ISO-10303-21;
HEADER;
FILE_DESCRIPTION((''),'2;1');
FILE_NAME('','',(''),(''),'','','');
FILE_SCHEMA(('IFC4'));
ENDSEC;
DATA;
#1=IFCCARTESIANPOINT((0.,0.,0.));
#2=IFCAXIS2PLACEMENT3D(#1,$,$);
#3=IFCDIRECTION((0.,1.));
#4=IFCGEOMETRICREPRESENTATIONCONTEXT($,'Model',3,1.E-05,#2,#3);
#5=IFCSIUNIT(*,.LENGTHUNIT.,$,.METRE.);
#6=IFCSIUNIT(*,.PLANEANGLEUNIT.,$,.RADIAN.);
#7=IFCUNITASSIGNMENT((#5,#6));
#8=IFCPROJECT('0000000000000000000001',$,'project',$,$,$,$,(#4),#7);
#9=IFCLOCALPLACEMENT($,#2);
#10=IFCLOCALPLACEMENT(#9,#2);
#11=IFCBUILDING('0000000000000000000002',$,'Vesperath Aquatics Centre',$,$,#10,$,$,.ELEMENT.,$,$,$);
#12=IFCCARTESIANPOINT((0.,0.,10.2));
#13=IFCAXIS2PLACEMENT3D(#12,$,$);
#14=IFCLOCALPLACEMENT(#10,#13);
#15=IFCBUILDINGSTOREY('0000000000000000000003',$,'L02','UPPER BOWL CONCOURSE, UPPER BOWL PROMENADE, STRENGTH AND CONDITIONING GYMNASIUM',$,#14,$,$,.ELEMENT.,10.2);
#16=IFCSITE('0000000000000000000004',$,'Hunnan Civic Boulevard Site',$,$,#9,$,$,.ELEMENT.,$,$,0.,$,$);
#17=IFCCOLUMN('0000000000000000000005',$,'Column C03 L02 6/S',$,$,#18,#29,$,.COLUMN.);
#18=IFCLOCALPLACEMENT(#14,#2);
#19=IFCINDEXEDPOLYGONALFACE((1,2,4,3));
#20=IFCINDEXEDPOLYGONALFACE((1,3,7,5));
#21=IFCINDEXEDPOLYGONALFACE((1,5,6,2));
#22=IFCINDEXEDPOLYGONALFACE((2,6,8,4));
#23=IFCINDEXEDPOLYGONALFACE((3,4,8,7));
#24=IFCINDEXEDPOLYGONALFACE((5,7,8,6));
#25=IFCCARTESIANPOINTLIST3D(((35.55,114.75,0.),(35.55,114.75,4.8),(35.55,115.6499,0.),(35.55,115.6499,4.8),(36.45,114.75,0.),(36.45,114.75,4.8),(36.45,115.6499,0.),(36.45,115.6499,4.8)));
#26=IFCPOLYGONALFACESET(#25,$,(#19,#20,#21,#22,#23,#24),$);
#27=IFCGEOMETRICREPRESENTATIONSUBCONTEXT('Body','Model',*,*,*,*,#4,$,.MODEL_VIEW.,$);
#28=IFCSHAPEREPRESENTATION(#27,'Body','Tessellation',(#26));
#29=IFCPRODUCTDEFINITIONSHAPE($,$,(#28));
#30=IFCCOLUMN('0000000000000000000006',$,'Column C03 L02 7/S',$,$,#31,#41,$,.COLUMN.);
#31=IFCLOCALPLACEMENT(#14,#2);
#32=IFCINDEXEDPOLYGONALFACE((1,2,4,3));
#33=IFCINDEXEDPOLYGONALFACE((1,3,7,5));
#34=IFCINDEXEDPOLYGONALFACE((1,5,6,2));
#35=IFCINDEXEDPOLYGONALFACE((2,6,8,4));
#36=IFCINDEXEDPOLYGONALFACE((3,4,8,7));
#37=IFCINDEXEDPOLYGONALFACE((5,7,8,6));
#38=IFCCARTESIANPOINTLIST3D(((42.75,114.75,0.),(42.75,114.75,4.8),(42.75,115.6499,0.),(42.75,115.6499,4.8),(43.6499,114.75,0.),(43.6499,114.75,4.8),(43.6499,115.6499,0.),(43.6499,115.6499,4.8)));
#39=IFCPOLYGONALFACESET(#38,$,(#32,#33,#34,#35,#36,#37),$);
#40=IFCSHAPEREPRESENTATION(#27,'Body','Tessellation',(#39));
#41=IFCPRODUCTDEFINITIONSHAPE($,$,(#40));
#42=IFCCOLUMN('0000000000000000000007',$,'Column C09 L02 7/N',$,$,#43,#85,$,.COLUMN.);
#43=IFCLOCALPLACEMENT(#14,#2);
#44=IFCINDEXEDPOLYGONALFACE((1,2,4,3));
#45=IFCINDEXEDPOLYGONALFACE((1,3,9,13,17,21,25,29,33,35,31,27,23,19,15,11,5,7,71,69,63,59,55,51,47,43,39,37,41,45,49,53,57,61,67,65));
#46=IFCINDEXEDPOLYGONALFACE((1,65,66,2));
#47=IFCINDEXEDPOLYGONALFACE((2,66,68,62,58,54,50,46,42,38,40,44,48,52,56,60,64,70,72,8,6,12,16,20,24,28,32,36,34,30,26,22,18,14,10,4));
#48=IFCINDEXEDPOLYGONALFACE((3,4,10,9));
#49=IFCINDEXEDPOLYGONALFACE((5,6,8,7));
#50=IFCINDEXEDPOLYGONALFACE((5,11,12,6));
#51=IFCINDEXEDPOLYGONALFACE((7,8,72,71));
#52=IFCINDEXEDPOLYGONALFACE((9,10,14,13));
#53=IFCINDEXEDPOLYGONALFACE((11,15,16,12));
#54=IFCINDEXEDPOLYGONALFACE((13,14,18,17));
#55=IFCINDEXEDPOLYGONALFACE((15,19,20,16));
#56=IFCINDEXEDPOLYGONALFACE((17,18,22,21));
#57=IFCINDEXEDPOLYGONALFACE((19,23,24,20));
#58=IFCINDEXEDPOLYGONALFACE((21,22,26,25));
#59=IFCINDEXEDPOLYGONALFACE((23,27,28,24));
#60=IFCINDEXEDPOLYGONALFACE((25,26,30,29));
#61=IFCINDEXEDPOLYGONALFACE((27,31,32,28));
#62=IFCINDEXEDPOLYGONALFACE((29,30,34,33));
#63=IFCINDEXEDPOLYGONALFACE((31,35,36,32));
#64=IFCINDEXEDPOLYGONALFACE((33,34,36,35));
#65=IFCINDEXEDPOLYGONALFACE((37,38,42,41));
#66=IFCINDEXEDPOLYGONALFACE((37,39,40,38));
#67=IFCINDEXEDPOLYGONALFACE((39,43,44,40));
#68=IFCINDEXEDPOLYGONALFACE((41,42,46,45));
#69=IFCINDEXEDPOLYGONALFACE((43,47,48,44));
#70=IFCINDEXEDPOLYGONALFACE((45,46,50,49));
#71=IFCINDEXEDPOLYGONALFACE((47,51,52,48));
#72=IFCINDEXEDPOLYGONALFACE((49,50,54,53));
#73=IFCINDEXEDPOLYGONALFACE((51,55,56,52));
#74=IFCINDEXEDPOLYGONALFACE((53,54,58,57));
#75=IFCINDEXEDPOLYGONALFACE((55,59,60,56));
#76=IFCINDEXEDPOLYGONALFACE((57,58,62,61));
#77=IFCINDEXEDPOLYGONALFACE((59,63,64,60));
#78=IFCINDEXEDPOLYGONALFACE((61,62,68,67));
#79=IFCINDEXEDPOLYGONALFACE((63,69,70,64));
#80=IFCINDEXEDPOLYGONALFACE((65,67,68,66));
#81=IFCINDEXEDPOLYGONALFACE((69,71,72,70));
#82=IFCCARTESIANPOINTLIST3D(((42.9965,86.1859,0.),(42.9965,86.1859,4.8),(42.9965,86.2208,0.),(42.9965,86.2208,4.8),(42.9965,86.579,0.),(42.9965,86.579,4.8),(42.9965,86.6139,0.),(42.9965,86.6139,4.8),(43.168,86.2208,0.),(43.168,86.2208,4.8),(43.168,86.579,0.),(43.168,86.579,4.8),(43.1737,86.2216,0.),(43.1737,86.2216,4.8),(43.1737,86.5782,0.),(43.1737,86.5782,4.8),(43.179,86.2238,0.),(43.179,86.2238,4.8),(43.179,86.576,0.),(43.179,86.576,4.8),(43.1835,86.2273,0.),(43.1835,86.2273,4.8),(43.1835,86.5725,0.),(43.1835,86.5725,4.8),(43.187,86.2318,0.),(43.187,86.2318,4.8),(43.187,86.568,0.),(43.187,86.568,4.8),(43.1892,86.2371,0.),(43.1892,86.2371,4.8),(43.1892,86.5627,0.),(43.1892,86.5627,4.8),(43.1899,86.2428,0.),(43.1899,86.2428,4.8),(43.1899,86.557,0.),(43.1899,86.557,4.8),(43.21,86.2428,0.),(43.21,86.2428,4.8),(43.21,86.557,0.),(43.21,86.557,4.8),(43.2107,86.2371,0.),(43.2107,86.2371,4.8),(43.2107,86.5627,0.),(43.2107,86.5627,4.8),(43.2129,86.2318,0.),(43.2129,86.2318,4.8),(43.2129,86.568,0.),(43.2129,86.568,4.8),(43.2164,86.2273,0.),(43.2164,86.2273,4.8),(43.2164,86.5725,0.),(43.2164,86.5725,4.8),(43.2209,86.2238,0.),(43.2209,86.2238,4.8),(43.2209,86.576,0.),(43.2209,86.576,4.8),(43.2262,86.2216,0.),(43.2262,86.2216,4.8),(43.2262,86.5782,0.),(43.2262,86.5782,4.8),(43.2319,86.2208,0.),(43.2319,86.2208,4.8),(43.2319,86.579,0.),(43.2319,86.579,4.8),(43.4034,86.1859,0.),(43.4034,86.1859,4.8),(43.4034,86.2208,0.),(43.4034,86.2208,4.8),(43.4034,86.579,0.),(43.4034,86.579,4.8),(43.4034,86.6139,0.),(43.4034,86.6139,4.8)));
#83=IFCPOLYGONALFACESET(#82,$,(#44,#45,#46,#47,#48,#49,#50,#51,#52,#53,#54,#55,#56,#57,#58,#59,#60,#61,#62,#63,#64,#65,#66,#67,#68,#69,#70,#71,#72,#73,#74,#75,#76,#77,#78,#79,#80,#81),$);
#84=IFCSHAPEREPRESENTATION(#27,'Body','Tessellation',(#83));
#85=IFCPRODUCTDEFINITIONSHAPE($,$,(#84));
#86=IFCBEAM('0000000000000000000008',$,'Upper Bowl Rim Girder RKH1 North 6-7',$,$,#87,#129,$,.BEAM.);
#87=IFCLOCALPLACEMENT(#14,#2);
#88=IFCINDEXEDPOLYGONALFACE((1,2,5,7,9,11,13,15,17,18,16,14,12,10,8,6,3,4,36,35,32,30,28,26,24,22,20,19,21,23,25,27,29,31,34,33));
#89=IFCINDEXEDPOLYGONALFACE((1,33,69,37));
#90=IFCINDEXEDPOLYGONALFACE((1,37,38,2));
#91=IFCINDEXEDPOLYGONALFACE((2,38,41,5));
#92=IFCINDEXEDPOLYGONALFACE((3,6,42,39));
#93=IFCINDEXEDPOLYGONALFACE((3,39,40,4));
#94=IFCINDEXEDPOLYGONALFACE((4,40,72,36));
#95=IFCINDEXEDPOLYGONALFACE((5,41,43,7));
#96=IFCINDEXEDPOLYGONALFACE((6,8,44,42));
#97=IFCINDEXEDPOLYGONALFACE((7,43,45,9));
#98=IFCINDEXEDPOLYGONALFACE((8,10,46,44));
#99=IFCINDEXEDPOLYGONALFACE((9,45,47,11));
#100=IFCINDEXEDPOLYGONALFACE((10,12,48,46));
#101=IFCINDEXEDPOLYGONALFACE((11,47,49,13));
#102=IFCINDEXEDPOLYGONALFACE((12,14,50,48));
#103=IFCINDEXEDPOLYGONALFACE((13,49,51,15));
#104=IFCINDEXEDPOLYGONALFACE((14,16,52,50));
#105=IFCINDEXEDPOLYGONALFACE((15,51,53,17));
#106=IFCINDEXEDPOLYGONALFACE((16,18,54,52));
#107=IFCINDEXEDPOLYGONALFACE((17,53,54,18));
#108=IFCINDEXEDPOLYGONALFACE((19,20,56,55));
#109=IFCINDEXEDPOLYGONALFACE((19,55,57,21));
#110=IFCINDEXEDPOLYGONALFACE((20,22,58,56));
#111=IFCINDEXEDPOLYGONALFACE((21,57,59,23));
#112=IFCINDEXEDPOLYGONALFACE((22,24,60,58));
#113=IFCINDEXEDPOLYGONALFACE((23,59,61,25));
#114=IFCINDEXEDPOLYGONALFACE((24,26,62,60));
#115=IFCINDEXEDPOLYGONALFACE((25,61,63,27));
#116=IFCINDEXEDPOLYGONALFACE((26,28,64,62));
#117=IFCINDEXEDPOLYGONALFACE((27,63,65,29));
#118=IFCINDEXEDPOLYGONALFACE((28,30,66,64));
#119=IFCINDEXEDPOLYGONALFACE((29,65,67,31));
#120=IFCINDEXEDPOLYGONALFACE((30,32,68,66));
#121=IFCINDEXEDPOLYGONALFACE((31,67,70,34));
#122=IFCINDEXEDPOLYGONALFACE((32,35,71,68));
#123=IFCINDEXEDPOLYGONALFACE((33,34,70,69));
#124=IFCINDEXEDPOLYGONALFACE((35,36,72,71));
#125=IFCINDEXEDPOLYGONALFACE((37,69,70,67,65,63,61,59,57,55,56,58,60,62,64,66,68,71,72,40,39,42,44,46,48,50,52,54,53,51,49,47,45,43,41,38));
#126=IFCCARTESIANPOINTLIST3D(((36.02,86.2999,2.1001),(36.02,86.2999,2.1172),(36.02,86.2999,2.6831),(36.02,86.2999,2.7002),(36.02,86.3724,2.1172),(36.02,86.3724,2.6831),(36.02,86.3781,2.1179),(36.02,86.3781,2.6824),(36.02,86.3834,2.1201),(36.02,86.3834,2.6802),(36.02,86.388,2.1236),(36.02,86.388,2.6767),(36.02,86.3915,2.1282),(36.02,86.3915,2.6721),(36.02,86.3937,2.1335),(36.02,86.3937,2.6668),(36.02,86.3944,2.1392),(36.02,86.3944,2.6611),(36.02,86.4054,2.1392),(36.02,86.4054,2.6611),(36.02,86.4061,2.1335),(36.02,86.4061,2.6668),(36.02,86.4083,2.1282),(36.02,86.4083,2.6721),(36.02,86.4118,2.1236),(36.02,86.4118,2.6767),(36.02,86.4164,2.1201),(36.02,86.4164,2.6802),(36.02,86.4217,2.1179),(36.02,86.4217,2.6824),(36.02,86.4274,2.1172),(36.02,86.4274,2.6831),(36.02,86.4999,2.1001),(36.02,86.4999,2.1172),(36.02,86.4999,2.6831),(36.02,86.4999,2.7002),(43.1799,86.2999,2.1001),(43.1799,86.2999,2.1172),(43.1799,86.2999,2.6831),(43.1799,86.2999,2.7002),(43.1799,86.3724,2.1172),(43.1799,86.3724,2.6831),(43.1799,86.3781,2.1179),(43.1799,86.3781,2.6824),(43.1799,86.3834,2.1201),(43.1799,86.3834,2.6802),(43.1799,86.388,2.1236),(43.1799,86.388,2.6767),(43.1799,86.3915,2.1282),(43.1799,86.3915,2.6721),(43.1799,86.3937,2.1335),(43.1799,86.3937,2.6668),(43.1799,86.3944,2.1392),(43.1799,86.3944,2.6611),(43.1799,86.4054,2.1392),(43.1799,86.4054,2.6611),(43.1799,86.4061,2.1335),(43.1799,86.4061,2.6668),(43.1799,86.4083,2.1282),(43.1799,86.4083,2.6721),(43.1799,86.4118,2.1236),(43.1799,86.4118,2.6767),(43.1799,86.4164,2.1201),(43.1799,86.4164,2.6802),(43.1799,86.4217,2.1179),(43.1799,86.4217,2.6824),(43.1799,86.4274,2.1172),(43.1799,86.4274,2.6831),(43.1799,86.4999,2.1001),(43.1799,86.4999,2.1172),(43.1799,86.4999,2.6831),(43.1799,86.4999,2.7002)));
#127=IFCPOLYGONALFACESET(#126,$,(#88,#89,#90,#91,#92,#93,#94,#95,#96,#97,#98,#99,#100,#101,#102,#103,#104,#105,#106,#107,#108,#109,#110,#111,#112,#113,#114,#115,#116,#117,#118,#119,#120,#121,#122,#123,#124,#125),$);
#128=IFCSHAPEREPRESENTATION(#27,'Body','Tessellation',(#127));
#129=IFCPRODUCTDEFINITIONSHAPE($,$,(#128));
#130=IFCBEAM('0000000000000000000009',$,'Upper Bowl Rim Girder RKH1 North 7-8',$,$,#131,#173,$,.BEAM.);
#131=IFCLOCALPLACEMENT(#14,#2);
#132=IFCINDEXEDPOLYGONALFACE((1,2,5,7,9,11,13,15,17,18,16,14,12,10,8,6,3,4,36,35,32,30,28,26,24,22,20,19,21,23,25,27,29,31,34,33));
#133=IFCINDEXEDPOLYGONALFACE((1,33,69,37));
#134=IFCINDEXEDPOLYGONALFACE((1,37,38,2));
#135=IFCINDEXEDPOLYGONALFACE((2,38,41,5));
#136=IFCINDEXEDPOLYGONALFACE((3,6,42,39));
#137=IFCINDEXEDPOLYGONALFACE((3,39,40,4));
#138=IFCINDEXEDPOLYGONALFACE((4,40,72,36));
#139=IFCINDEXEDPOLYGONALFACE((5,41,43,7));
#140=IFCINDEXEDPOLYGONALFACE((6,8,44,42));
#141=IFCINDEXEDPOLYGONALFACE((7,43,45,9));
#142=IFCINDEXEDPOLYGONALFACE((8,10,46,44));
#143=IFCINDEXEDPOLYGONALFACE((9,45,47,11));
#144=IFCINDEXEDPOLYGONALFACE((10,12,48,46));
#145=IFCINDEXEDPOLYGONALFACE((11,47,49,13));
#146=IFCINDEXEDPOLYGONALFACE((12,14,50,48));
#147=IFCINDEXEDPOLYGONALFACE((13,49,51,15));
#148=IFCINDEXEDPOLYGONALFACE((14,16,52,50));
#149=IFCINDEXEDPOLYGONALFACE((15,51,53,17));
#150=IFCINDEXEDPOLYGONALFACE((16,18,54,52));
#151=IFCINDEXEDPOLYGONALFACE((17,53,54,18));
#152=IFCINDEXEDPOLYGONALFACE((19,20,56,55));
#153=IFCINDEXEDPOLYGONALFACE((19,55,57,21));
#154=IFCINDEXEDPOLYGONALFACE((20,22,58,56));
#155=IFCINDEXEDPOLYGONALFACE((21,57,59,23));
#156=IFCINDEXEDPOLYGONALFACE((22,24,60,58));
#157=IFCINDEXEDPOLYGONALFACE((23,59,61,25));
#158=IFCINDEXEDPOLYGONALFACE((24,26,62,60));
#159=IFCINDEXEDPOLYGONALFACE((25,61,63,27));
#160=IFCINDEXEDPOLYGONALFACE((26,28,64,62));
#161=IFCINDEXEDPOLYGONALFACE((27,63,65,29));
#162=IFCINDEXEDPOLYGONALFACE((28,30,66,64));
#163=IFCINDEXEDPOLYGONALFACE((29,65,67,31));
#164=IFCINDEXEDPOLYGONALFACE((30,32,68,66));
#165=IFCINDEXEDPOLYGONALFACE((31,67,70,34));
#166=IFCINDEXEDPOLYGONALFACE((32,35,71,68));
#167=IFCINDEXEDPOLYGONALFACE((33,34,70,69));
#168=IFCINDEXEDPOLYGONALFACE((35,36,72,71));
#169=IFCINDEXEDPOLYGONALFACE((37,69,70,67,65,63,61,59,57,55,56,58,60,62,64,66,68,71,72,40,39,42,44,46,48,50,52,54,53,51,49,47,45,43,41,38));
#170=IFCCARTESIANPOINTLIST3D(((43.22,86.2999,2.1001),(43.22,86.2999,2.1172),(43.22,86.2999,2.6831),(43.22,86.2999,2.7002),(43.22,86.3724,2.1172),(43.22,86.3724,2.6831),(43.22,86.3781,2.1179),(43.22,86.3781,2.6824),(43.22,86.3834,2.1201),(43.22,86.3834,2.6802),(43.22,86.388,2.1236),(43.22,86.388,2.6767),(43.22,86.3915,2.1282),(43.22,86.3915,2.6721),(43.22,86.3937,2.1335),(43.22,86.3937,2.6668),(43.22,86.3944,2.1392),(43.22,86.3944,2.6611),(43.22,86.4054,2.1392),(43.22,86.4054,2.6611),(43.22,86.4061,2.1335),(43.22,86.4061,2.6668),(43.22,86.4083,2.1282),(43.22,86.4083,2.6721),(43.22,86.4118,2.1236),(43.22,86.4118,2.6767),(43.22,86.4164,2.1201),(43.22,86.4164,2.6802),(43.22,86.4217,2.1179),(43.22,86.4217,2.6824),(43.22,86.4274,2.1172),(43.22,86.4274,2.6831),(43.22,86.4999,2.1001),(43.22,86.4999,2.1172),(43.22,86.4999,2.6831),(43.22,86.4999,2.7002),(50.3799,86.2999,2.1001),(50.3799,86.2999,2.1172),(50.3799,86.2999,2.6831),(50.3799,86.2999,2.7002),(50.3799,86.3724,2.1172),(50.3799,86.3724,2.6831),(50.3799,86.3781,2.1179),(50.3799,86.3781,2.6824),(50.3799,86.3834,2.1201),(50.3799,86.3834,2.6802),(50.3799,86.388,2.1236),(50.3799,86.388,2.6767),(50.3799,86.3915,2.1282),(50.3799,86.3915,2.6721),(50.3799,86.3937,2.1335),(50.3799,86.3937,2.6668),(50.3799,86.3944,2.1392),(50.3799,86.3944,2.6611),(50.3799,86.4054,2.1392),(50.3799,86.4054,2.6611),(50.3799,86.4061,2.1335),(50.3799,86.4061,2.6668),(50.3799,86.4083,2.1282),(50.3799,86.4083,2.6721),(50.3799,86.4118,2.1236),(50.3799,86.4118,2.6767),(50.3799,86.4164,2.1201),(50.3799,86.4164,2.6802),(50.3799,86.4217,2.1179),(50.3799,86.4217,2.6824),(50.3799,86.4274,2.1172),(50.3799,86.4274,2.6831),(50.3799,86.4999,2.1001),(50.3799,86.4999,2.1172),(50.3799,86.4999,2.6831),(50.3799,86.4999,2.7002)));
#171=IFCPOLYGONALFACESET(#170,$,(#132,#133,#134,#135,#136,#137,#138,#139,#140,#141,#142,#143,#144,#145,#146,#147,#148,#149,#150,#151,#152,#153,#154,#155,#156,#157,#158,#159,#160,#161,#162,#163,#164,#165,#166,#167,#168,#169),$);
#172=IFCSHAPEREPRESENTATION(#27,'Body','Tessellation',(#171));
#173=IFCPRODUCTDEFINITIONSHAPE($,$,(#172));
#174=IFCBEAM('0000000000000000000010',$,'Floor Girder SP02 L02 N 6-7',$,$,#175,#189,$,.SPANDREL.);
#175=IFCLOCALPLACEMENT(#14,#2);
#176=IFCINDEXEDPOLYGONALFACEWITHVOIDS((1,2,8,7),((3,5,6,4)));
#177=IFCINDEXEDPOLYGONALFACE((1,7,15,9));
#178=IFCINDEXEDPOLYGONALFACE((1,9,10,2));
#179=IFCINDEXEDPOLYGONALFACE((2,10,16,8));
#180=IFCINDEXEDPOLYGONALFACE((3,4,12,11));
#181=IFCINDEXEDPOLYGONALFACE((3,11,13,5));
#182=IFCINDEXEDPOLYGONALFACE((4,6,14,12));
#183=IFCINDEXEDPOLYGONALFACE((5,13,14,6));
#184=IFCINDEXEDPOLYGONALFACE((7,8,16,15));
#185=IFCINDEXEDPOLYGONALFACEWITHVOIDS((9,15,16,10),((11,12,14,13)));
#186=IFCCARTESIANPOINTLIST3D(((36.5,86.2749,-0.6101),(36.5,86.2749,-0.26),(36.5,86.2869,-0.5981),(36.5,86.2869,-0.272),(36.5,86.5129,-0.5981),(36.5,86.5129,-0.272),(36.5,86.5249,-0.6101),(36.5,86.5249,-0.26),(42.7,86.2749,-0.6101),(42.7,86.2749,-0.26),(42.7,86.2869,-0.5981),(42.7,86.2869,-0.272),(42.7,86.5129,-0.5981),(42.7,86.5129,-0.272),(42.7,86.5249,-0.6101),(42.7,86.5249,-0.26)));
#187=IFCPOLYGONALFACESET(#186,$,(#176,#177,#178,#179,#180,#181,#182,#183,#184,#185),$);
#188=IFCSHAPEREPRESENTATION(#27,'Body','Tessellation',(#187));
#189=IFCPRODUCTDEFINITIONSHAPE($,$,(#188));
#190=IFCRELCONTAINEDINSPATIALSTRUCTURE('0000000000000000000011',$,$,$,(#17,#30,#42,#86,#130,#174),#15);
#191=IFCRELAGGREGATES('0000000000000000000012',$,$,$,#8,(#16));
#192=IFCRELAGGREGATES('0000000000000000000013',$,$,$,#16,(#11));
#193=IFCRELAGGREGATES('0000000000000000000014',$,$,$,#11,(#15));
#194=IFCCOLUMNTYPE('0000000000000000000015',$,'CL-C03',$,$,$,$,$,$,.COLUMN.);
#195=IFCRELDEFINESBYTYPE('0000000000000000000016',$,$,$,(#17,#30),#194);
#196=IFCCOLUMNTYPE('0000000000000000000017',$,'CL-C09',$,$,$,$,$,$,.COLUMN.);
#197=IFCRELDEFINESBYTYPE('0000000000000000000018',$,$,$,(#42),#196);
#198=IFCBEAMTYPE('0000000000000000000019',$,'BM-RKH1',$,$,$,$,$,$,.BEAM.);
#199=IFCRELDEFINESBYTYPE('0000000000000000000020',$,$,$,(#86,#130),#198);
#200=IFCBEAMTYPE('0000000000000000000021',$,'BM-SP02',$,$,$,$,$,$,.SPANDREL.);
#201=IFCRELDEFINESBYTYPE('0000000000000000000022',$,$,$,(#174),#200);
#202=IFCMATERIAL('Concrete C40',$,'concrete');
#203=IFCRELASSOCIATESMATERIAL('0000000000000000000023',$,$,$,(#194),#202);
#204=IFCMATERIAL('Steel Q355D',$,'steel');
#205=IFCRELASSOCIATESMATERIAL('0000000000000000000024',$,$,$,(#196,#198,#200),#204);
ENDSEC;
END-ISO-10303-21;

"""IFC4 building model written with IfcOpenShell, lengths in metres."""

from ifc_helpers import new_model, si_unit, direction, frame, origin, origin_2d, place, context, subcontext, project, spatial, rectangle, hollow_rectangle, i_section, extrude, material, material_profile, profile_set, type_object, element, save


model = new_model("IFC4")

# Units and contexts
model_context = context("Model", 3, precision=1e-05, world=origin(), true_north=direction((0.0, 1.0)))
body_context = subcontext(model_context, "Body", "Model", "MODEL_VIEW")
ifc_project = project(units=[si_unit("LENGTHUNIT", "METRE"), si_unit("PLANEANGLEUNIT", "RADIAN")], contexts=[model_context])

# Site, building, storey
site_placement = place(None, origin())
site = spatial("IfcSite", under=ifc_project, at=site_placement, Name="Hunnan Civic Boulevard Site", CompositionType="ELEMENT", RefElevation=0.0)
building_placement = place(site_placement, origin())
building = spatial("IfcBuilding", under=site, at=building_placement, Name="Vesperath Aquatics Centre", CompositionType="ELEMENT")
storey_placement = place(building_placement, frame((0.0, 0.0, 10.2)))
storey = spatial("IfcBuildingStorey", under=building, at=storey_placement, Name="L02", Description="UPPER BOWL CONCOURSE, UPPER BOWL PROMENADE, STRENGTH AND CONDITIONING GYMNASIUM", CompositionType="ELEMENT", Elevation=10.2)

# Columns
ifc_material_1 = material(Name="Concrete C40", Category="concrete")
ifc_material_profile_1 = material_profile(ifc_material_1, rectangle(XDim=0.8999, YDim=0.8999, at=origin_2d()), Name="RC 900x900")
ifc_profile_set_1 = profile_set([ifc_material_profile_1], Name="Concrete C40")
column_type_1 = type_object("IfcColumnType", Name="CL-C03", PredefinedType="COLUMN", material=ifc_profile_set_1)
for number, where, z_axis, x_axis, name in (
    (1, (36.0, 115.2, 0.0), (0.0, 0.0, 1.0), (1.0, 0.0, 0.0), "Column C03 L02 6/S"),
    (2, (43.2, 115.2, 0.0), (0.0, 0.0, 1.0), (1.0, 0.0, 0.0), "Column C03 L02 7/S"),
):
    element("IfcColumn", number, at=place(storey_placement, frame(where, z_axis=z_axis, x_axis=x_axis)), inside=storey, type_object=column_type_1, Name=name, PredefinedType="COLUMN", context=body_context, shape_type="SweptSolid", body=[
        extrude(rectangle(XDim=0.8999, YDim=0.8999, at=origin_2d()), origin(), (0.0, 0.0, 1.0), 4.8),
    ])
ifc_material_2 = material(Name="Steel Q355D", Category="steel")
ifc_material_profile_2 = material_profile(ifc_material_2, i_section(OverallWidth=0.407, OverallDepth=0.428, WebThickness=0.02, FlangeThickness=0.0349, FilletRadius=0.022, at=origin_2d()), Name="HW 428x407x20x35")
ifc_profile_set_2 = profile_set([ifc_material_profile_2], Name="Steel Q355D")
column_type_2 = type_object("IfcColumnType", Name="CL-C09", PredefinedType="COLUMN", material=ifc_profile_set_2)
column_placement = place(storey_placement, frame((43.2, 86.3999, 0.0), z_axis=(0.0, 0.0, 1.0), x_axis=(1.0, 0.0, 0.0)))
element("IfcColumn", 3, at=column_placement, inside=storey, type_object=column_type_2, Name="Column C09 L02 7/N", PredefinedType="COLUMN", context=body_context, shape_type="SweptSolid", body=[
    extrude(i_section(OverallWidth=0.407, OverallDepth=0.428, WebThickness=0.02, FlangeThickness=0.0349, FilletRadius=0.022, at=origin_2d()), origin(), (0.0, 0.0, 1.0), 4.8),
])

# Beams
ifc_material_profile_3 = material_profile(ifc_material_2, i_section(OverallWidth=0.2, OverallDepth=0.6001, WebThickness=0.011, FlangeThickness=0.0171, FilletRadius=0.022, at=origin_2d()), Name="HN 600x200x11x17")
ifc_profile_set_3 = profile_set([ifc_material_profile_3], Name="Steel Q355D")
beam_type_1 = type_object("IfcBeamType", Name="BM-RKH1", PredefinedType="BEAM", material=ifc_profile_set_3)
for number, where, z_axis, x_axis, name in (
    (4, (36.02, 86.3999, 2.4001), (1.0, 0.0, 0.0), (0.0, 1.0, 0.0), "Upper Bowl Rim Girder RKH1 North 6-7"),
    (5, (43.22, 86.3999, 2.4001), (1.0, 0.0, 0.0), (0.0, 1.0, 0.0), "Upper Bowl Rim Girder RKH1 North 7-8"),
):
    element("IfcBeam", number, at=place(storey_placement, frame(where, z_axis=z_axis, x_axis=x_axis)), inside=storey, type_object=beam_type_1, Name=name, PredefinedType="BEAM", context=body_context, shape_type="SweptSolid", body=[
        extrude(i_section(OverallWidth=0.2, OverallDepth=0.6001, WebThickness=0.011, FlangeThickness=0.0171, FilletRadius=0.022, at=origin_2d()), origin(), (0.0, 0.0, 1.0), 7.1599),
    ])
ifc_material_profile_4 = material_profile(ifc_material_2, hollow_rectangle(XDim=0.25, YDim=0.3501, WallThickness=0.012, at=origin_2d()), Name="RHS 350x250x12")
ifc_profile_set_4 = profile_set([ifc_material_profile_4], Name="Steel Q355D")
beam_type_2 = type_object("IfcBeamType", Name="BM-SP02", PredefinedType="SPANDREL", material=ifc_profile_set_4)
for number, where, z_axis, x_axis, name in (
    (6, (36.5, 86.3999, -0.4351), (1.0, 0.0, 0.0), (0.0, 1.0, 0.0), "Floor Girder SP02 L02 N 6-7"),
):
    element("IfcBeam", number, at=place(storey_placement, frame(where, z_axis=z_axis, x_axis=x_axis)), inside=storey, type_object=beam_type_2, Name=name, PredefinedType="SPANDREL", context=body_context, shape_type="SweptSolid", body=[
        extrude(hollow_rectangle(XDim=0.25, YDim=0.3501, WallThickness=0.012, at=origin_2d()), origin(), (0.0, 0.0, 1.0), 6.2),
    ])

save(model, "model.ifc")
